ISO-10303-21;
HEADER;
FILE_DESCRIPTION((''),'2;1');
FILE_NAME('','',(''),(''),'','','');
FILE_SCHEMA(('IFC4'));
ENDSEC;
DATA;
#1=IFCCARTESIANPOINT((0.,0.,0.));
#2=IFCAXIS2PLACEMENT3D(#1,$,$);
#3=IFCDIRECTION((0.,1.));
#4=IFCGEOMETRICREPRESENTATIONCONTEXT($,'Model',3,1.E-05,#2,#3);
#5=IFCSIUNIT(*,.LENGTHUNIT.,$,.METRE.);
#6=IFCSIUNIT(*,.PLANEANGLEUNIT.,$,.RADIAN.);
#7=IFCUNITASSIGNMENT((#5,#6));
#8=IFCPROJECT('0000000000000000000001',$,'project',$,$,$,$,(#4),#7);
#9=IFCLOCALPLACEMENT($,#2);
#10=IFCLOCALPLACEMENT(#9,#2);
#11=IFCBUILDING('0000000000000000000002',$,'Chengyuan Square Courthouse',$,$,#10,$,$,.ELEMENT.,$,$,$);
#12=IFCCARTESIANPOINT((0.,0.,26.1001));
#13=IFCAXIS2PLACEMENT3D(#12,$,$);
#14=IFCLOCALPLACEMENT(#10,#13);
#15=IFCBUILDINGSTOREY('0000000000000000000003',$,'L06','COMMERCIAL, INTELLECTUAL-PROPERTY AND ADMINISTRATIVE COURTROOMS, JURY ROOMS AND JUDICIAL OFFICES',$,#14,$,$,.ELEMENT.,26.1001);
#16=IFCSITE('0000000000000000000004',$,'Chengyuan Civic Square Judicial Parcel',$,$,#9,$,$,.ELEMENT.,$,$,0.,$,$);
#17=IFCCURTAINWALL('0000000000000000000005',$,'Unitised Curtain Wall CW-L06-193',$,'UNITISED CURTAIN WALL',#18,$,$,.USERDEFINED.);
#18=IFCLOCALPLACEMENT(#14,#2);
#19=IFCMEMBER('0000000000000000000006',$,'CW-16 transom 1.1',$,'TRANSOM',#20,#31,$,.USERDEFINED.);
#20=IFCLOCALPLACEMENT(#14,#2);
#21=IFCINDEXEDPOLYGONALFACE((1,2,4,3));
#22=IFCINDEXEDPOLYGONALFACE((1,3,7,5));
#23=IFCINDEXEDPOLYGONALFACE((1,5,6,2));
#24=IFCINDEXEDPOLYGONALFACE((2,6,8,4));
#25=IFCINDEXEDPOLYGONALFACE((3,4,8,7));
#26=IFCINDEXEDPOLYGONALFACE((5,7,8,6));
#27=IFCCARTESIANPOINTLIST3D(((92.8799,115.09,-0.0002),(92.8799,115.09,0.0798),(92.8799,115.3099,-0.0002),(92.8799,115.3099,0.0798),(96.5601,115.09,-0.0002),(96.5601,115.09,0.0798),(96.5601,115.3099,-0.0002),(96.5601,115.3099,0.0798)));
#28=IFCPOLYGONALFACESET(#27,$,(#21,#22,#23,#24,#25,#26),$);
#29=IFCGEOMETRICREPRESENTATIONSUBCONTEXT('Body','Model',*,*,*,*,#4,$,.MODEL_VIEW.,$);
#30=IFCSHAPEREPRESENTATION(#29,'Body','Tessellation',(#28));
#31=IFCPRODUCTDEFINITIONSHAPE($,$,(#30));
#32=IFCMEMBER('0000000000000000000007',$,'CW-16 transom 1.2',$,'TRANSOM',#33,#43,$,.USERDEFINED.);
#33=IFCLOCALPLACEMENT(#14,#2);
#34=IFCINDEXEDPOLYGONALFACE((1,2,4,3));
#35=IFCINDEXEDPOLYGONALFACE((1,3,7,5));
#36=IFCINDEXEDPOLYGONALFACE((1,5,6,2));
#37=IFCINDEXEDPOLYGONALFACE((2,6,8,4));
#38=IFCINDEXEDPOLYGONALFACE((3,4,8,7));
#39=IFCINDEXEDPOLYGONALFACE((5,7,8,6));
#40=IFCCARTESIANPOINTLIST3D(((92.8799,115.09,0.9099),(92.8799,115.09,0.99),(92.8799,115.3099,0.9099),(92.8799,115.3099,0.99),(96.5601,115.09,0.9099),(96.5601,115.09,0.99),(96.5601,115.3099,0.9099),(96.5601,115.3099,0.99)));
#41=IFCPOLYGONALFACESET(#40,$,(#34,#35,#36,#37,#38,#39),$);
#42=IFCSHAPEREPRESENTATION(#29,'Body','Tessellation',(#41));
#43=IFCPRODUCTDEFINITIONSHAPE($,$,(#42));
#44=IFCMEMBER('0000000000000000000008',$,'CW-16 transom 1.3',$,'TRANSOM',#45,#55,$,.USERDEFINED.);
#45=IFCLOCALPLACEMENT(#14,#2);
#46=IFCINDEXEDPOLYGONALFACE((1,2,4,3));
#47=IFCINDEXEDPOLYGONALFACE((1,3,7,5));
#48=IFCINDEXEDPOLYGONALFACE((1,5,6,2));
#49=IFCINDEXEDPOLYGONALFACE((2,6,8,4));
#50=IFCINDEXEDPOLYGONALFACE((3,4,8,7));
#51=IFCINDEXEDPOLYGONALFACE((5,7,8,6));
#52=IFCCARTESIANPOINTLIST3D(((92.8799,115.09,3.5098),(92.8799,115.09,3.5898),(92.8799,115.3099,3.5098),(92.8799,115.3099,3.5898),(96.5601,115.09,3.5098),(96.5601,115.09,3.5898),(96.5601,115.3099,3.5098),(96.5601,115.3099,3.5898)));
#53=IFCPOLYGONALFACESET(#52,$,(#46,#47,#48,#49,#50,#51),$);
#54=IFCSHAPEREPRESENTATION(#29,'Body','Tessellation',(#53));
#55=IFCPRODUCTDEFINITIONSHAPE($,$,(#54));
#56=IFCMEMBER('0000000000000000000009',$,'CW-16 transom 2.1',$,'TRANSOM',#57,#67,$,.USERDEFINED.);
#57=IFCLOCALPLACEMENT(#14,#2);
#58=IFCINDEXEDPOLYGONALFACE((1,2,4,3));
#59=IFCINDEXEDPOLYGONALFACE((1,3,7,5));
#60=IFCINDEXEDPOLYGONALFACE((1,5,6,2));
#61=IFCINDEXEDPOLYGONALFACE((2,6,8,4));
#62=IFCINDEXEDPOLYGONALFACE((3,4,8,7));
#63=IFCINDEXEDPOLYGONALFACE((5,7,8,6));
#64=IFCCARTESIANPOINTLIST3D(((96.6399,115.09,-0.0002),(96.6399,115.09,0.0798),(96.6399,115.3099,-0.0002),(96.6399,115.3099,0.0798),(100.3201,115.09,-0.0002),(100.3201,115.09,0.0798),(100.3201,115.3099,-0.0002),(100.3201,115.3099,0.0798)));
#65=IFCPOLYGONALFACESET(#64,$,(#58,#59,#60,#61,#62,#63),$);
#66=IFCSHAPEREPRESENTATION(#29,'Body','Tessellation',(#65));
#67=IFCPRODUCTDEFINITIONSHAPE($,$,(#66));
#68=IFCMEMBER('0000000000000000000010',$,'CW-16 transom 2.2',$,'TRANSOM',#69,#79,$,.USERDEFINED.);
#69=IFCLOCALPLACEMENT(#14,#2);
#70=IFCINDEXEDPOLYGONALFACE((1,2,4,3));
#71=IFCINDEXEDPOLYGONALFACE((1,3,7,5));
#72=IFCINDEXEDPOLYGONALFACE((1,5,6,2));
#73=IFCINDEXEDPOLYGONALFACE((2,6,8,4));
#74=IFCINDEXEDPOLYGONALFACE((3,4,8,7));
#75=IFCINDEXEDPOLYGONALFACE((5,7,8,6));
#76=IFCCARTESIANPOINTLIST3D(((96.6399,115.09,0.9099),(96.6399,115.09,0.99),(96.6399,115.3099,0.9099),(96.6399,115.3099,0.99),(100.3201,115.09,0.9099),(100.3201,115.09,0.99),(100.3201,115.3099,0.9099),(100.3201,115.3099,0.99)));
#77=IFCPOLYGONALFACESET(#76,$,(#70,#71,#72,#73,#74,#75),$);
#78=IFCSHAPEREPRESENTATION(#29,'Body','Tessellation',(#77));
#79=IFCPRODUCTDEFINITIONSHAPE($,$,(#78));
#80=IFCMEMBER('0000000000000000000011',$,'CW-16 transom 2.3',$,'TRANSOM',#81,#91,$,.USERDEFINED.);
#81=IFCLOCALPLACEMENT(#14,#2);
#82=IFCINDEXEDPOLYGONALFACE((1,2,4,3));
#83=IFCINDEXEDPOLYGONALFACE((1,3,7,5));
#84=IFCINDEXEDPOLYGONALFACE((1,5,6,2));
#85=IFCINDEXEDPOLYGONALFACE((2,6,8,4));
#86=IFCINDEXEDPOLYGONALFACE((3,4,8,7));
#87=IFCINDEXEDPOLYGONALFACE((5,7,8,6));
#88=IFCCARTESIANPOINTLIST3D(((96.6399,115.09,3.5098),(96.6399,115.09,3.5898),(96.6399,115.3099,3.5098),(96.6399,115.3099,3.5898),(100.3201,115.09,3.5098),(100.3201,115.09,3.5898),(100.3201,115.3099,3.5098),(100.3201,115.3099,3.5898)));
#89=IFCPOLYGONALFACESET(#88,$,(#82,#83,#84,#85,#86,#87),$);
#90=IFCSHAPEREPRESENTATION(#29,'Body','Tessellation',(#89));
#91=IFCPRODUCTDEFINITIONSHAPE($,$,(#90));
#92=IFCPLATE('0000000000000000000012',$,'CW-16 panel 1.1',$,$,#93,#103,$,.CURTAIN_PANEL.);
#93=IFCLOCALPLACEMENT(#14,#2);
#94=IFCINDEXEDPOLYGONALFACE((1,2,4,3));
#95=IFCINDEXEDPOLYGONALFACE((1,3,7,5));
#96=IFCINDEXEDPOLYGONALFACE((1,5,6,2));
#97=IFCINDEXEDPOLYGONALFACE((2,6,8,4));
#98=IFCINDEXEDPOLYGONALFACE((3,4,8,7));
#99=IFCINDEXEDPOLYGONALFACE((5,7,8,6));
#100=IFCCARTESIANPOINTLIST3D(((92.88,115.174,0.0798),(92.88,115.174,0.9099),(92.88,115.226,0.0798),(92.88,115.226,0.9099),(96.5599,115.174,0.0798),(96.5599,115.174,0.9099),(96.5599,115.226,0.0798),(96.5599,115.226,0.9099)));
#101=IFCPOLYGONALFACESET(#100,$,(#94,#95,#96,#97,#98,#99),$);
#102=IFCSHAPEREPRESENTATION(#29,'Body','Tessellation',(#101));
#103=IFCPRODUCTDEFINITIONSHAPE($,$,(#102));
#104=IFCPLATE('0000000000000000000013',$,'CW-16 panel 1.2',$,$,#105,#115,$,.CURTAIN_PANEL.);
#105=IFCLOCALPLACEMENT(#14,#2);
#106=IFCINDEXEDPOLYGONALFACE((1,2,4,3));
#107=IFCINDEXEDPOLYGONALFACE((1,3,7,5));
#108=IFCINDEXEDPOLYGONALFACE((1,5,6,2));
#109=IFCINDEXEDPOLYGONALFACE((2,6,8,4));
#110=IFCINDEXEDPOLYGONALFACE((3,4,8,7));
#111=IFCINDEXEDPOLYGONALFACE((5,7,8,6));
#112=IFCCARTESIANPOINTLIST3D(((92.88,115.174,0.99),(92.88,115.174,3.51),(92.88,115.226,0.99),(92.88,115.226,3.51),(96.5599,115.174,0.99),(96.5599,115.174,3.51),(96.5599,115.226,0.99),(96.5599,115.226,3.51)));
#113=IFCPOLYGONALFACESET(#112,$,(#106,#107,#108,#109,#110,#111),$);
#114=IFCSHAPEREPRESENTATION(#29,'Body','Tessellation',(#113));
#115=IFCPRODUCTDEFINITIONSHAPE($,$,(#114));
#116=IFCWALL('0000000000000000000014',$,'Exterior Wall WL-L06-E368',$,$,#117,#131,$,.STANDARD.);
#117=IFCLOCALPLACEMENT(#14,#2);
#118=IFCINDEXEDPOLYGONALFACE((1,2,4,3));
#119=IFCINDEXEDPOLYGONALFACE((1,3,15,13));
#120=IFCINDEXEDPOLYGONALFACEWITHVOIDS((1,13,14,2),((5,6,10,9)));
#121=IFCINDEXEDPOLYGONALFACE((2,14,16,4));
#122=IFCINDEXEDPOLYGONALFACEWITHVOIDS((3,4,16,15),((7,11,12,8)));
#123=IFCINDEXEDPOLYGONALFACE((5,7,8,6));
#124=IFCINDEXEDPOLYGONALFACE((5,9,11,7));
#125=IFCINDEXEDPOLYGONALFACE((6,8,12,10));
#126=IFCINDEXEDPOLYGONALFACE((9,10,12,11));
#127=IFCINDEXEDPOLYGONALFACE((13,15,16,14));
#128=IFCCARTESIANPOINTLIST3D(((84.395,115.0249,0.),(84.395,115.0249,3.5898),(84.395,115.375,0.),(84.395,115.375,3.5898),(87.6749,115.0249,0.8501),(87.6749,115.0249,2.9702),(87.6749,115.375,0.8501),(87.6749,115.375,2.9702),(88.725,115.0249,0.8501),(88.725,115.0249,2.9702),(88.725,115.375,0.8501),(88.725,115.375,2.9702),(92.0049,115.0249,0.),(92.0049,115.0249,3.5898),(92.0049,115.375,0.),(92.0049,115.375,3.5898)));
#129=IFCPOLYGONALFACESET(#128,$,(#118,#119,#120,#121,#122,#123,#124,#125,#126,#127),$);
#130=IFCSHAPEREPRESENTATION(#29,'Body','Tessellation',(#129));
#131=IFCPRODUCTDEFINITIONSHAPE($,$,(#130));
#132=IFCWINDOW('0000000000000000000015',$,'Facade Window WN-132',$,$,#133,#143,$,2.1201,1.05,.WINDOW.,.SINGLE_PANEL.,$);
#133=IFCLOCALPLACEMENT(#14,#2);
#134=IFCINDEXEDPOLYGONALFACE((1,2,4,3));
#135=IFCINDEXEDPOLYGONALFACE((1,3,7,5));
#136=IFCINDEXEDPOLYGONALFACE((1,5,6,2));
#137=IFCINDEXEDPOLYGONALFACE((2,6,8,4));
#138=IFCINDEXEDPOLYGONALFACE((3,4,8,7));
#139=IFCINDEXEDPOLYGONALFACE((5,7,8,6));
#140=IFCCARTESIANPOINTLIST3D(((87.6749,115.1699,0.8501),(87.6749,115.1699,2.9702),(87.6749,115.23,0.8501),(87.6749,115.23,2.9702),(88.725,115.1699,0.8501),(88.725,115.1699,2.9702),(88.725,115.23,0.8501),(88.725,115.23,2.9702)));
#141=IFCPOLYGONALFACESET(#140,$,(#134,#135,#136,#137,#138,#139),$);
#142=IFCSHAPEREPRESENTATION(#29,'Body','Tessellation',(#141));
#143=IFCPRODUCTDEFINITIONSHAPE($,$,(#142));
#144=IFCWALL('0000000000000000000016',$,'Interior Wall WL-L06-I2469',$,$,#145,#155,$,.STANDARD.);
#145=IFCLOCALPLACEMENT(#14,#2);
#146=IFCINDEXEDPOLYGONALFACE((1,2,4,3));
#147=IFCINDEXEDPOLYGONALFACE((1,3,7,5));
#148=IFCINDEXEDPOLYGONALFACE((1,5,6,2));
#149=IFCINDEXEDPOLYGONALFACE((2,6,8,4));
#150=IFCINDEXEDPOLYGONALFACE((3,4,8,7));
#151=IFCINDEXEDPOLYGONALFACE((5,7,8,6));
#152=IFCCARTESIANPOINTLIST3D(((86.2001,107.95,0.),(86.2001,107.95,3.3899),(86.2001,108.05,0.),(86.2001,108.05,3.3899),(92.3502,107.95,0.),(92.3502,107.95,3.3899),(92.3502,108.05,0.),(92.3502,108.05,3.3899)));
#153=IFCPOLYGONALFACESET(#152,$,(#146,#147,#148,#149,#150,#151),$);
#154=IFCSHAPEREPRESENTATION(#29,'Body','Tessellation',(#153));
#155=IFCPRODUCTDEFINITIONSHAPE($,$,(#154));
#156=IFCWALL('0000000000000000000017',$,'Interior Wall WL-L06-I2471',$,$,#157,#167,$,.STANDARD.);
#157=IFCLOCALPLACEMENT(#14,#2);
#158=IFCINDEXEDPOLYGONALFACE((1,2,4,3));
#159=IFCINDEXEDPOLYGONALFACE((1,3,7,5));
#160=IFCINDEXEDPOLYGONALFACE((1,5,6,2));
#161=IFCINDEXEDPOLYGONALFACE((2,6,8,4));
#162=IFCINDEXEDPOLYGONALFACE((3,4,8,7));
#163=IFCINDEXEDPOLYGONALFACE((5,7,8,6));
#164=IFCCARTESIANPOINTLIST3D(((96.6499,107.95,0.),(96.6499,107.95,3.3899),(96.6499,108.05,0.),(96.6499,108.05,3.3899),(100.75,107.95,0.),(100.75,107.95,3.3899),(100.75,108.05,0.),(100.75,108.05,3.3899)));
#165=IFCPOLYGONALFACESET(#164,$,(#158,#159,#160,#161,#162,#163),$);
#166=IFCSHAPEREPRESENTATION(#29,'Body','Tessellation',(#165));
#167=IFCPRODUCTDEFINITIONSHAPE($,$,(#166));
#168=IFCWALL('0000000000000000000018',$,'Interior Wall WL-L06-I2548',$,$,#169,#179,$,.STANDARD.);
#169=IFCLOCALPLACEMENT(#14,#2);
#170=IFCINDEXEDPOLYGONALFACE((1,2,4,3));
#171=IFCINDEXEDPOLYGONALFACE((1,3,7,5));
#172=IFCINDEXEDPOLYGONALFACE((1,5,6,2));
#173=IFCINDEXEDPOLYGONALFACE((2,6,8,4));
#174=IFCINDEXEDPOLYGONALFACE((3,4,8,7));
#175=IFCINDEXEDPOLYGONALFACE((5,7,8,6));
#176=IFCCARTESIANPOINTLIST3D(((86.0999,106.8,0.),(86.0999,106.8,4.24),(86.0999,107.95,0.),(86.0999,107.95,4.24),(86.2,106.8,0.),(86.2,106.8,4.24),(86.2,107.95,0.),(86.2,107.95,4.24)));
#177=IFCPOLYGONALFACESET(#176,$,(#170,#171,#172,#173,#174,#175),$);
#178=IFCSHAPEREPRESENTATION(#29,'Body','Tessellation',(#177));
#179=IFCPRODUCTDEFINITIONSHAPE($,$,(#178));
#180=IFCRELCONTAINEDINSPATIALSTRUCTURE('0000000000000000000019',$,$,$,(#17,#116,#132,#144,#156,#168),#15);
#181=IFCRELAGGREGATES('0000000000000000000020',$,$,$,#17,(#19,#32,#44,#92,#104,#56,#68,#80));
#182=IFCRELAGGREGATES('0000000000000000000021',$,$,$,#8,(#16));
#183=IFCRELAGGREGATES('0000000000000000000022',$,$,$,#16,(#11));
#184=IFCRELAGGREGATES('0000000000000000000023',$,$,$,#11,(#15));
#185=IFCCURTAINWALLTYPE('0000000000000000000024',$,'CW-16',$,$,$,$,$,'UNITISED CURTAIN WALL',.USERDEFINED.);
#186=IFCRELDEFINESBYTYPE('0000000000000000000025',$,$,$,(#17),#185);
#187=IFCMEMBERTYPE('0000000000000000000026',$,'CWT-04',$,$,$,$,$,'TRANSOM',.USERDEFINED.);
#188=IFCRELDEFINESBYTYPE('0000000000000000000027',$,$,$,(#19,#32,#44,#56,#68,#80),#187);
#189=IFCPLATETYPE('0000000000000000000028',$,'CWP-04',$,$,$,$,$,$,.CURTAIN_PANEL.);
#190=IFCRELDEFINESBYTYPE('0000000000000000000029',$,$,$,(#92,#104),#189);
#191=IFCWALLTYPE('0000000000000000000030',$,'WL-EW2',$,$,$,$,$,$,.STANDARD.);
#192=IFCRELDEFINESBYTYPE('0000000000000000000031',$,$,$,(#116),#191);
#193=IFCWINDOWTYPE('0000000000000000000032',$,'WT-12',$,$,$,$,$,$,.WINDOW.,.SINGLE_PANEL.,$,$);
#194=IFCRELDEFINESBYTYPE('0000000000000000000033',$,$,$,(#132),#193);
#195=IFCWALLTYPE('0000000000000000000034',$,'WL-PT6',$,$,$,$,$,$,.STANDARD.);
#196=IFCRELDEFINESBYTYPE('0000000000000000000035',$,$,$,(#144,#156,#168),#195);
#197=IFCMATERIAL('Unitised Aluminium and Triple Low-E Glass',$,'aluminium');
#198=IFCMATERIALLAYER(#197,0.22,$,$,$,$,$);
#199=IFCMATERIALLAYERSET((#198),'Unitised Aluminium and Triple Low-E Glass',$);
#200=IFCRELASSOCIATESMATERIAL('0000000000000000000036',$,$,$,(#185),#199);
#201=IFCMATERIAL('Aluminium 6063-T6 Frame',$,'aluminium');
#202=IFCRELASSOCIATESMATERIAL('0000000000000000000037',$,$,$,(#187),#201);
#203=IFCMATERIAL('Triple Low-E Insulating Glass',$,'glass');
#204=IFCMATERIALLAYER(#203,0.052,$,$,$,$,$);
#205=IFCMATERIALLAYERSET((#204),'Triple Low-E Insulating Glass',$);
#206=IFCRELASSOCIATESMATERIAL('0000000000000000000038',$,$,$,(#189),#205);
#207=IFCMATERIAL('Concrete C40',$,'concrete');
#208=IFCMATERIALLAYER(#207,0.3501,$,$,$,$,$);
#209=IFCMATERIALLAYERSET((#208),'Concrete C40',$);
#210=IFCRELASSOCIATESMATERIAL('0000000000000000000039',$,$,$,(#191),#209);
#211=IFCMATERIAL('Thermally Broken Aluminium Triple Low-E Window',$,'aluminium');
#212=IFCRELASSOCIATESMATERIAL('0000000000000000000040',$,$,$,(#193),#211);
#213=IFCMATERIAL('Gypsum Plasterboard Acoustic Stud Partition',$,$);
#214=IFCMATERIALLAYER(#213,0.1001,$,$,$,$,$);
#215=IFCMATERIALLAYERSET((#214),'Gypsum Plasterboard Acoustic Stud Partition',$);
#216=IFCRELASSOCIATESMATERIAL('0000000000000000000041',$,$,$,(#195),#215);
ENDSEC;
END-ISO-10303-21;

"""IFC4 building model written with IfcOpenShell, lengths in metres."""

from ifc_helpers import new_model, si_unit, direction, frame, frame_2d, origin, origin_2d, place, context, subcontext, project, spatial, rectangle, extrude, material, layer, layer_set, material_profile, profile_set, type_object, element, fill, aggregate, save


model = new_model("IFC4")

# Units and contexts
model_context = context("Model", 3, precision=1e-05, world=origin(), true_north=direction((0.0, 1.0)))
body_context = subcontext(model_context, "Body", "Model", "MODEL_VIEW")
ifc_project = project(units=[si_unit("LENGTHUNIT", "METRE"), si_unit("PLANEANGLEUNIT", "RADIAN")], contexts=[model_context])

# Site, building, storey
site_placement = place(None, origin())
site = spatial("IfcSite", under=ifc_project, at=site_placement, Name="Chengyuan Civic Square Judicial Parcel", CompositionType="ELEMENT", RefElevation=0.0)
building_placement = place(site_placement, origin())
building = spatial("IfcBuilding", under=site, at=building_placement, Name="Chengyuan Square Courthouse", CompositionType="ELEMENT")
storey_placement = place(building_placement, frame((0.0, 0.0, 26.1001)))
storey = spatial("IfcBuildingStorey", under=building, at=storey_placement, Name="L06", Description="COMMERCIAL, INTELLECTUAL-PROPERTY AND ADMINISTRATIVE COURTROOMS, JURY ROOMS AND JUDICIAL OFFICES", CompositionType="ELEMENT", Elevation=26.1001)

# Shared definitions
ifc_material_1 = material(Name="Concrete C40", Category="concrete")

# Curtain wall, members, plates
ifc_material_2 = material(Name="Unitised Aluminium and Triple Low-E Glass", Category="aluminium")
ifc_layer_1 = layer(ifc_material_2, 0.22)
ifc_layer_set_1 = layer_set([ifc_layer_1], Name="Unitised Aluminium and Triple Low-E Glass")
curtain_wall_type = type_object("IfcCurtainWallType", Name="CW-16", ElementType="UNITISED CURTAIN WALL", PredefinedType="USERDEFINED", material=ifc_layer_set_1)
curtain_wall_placement = place(storey_placement, origin())
curtain_wall = element("IfcCurtainWall", 1, at=curtain_wall_placement, inside=storey, type_object=curtain_wall_type, Name="Unitised Curtain Wall CW-L06-193", ObjectType="UNITISED CURTAIN WALL", PredefinedType="USERDEFINED")
ifc_material_3 = material(Name="Aluminium 6063-T6 Frame", Category="aluminium")
ifc_material_profile_1 = material_profile(ifc_material_3, rectangle(XDim=0.22, YDim=0.0801, at=origin_2d()), Name="CW-TRN-80x180")
ifc_profile_set_1 = profile_set([ifc_material_profile_1], Name="Aluminium 6063-T6 Frame")
member_type_1 = type_object("IfcMemberType", Name="CWT-04", ElementType="TRANSOM", PredefinedType="USERDEFINED", material=ifc_profile_set_1)
member_1_placement = place(storey_placement, frame((92.8799, 115.2, 0.0398), z_axis=(1.0, 0.0, 0.0), x_axis=(0.0, 1.0, 0.0)))
member_1 = element("IfcMember", 2, at=member_1_placement, type_object=member_type_1, Name="CW-16 transom 1.1", ObjectType="TRANSOM", PredefinedType="USERDEFINED", context=body_context, shape_type="SweptSolid", body=[
    extrude(rectangle(XDim=0.22, YDim=0.0801, at=origin_2d()), origin(), (0.0, 0.0, 1.0), 3.6802),
])
member_2_placement = place(storey_placement, frame((92.8799, 115.2, 0.95), z_axis=(1.0, 0.0, 0.0), x_axis=(0.0, 1.0, 0.0)))
member_2 = element("IfcMember", 3, at=member_2_placement, type_object=member_type_1, Name="CW-16 transom 1.2", ObjectType="TRANSOM", PredefinedType="USERDEFINED", context=body_context, shape_type="SweptSolid", body=[
    extrude(rectangle(XDim=0.22, YDim=0.0801, at=origin_2d()), origin(), (0.0, 0.0, 1.0), 3.6802),
])
member_3_placement = place(storey_placement, frame((92.8799, 115.2, 3.5498), z_axis=(1.0, 0.0, 0.0), x_axis=(0.0, 1.0, 0.0)))
member_3 = element("IfcMember", 4, at=member_3_placement, type_object=member_type_1, Name="CW-16 transom 1.3", ObjectType="TRANSOM", PredefinedType="USERDEFINED", context=body_context, shape_type="SweptSolid", body=[
    extrude(rectangle(XDim=0.22, YDim=0.0801, at=origin_2d()), origin(), (0.0, 0.0, 1.0), 3.6802),
])
member_4_placement = place(storey_placement, frame((96.6399, 115.2, 0.0398), z_axis=(1.0, 0.0, 0.0), x_axis=(0.0, 1.0, 0.0)))
member_4 = element("IfcMember", 5, at=member_4_placement, type_object=member_type_1, Name="CW-16 transom 2.1", ObjectType="TRANSOM", PredefinedType="USERDEFINED", context=body_context, shape_type="SweptSolid", body=[
    extrude(rectangle(XDim=0.22, YDim=0.0801, at=origin_2d()), origin(), (0.0, 0.0, 1.0), 3.6802),
])
member_5_placement = place(storey_placement, frame((96.6399, 115.2, 0.95), z_axis=(1.0, 0.0, 0.0), x_axis=(0.0, 1.0, 0.0)))
member_5 = element("IfcMember", 6, at=member_5_placement, type_object=member_type_1, Name="CW-16 transom 2.2", ObjectType="TRANSOM", PredefinedType="USERDEFINED", context=body_context, shape_type="SweptSolid", body=[
    extrude(rectangle(XDim=0.22, YDim=0.0801, at=origin_2d()), origin(), (0.0, 0.0, 1.0), 3.6802),
])
member_6_placement = place(storey_placement, frame((96.6399, 115.2, 3.5498), z_axis=(1.0, 0.0, 0.0), x_axis=(0.0, 1.0, 0.0)))
member_6 = element("IfcMember", 7, at=member_6_placement, type_object=member_type_1, Name="CW-16 transom 2.3", ObjectType="TRANSOM", PredefinedType="USERDEFINED", context=body_context, shape_type="SweptSolid", body=[
    extrude(rectangle(XDim=0.22, YDim=0.0801, at=origin_2d()), origin(), (0.0, 0.0, 1.0), 3.6802),
])
ifc_material_4 = material(Name="Triple Low-E Insulating Glass", Category="glass")
ifc_layer_2 = layer(ifc_material_4, 0.052)
ifc_layer_set_2 = layer_set([ifc_layer_2], Name="Triple Low-E Insulating Glass")
plate_type = type_object("IfcPlateType", Name="CWP-04", PredefinedType="CURTAIN_PANEL", material=ifc_layer_set_2)
plate_1_placement = place(storey_placement, frame((94.72, 115.2, 0.0798), z_axis=(0.0, 0.0, 1.0), x_axis=(1.0, 0.0, 0.0)))
plate_1 = element("IfcPlate", 8, at=plate_1_placement, type_object=plate_type, Name="CW-16 panel 1.1", PredefinedType="CURTAIN_PANEL", context=body_context, shape_type="SweptSolid", body=[
    extrude(rectangle(XDim=3.6799, YDim=0.052, at=origin_2d()), origin(), (0.0, 0.0, 1.0), 0.8301),
])
plate_2_placement = place(storey_placement, frame((94.72, 115.2, 0.99), z_axis=(0.0, 0.0, 1.0), x_axis=(1.0, 0.0, 0.0)))
plate_2 = element("IfcPlate", 9, at=plate_2_placement, type_object=plate_type, Name="CW-16 panel 1.2", PredefinedType="CURTAIN_PANEL", context=body_context, shape_type="SweptSolid", body=[
    extrude(rectangle(XDim=3.6799, YDim=0.052, at=origin_2d()), origin(), (0.0, 0.0, 1.0), 2.52),
])
aggregate(curtain_wall, [member_1, member_2, member_3, plate_1, plate_2, member_4, member_5, member_6])

# Wall, opening, window
ifc_layer_3 = layer(ifc_material_1, 0.3501)
ifc_layer_set_3 = layer_set([ifc_layer_3], Name="Concrete C40")
wall_type_1 = type_object("IfcWallType", Name="WL-EW2", PredefinedType="STANDARD", material=ifc_layer_set_3)
wall_1_placement = place(storey_placement, frame((84.395, 115.2, 0.0), z_axis=(0.0, 0.0, 1.0), x_axis=(1.0, 0.0, 0.0)))
wall_1 = element("IfcWall", 10, at=wall_1_placement, inside=storey, type_object=wall_type_1, Name="Exterior Wall WL-L06-E368", PredefinedType="STANDARD", context=body_context, shape_type="SweptSolid", body=[
    extrude(rectangle(XDim=7.6099, YDim=0.3501, at=frame_2d((3.8049, 0.0))), origin(), (0.0, 0.0, 1.0), 3.5898),
])
opening_1_placement = place(wall_1_placement, frame((3.28, 0.0, 0.8501)))
opening_1 = element("IfcOpeningElement", 11, at=opening_1_placement, cuts=wall_1, PredefinedType="OPENING", context=body_context, shape_type="SweptSolid", body=[
    extrude(rectangle(XDim=1.05, YDim=2.1201, at=frame_2d((0.5249, 1.0601))), frame((0.0, 0.187, 0.0), z_axis=(0.0, -1.0, 0.0), x_axis=(1.0, 0.0, 0.0)), (0.0, 0.0, 1.0), 0.374),
])
ifc_material_5 = material(Name="Thermally Broken Aluminium Triple Low-E Window", Category="aluminium")
window_type = type_object("IfcWindowType", Name="WT-12", PartitioningType="SINGLE_PANEL", PredefinedType="WINDOW", material=ifc_material_5)
window_placement = place(opening_1_placement, origin())
window = element("IfcWindow", 12, at=window_placement, inside=storey, type_object=window_type, Name="Facade Window WN-132", OverallHeight=2.1201, OverallWidth=1.05, PartitioningType="SINGLE_PANEL", PredefinedType="WINDOW", context=body_context, shape_type="SweptSolid", body=[
    extrude(rectangle(XDim=1.05, YDim=2.1201, at=frame_2d((0.5249, 1.0601))), frame((0.0, 0.03, 0.0), z_axis=(0.0, -1.0, 0.0), x_axis=(1.0, 0.0, 0.0)), (0.0, 0.0, 1.0), 0.0601),
])
fill(opening_1, window)

# Walls
ifc_material_6 = material(Name="Gypsum Plasterboard Acoustic Stud Partition")
ifc_layer_4 = layer(ifc_material_6, 0.1001)
ifc_layer_set_4 = layer_set([ifc_layer_4], Name="Gypsum Plasterboard Acoustic Stud Partition")
wall_type_2 = type_object("IfcWallType", Name="WL-PT6", PredefinedType="STANDARD", material=ifc_layer_set_4)
wall_2_placement = place(storey_placement, frame((86.2, 108.0, 0.0), z_axis=(0.0, 0.0, 1.0), x_axis=(1.0, 0.0, 0.0)))
element("IfcWall", 13, at=wall_2_placement, inside=storey, type_object=wall_type_2, Name="Interior Wall WL-L06-I2469", PredefinedType="STANDARD", context=body_context, shape_type="SweptSolid", body=[
    extrude(rectangle(XDim=6.1501, YDim=0.1001, at=frame_2d((3.0752, 0.0))), origin(), (0.0, 0.0, 1.0), 3.3899),
])
wall_3_placement = place(storey_placement, frame((96.6499, 108.0, 0.0), z_axis=(0.0, 0.0, 1.0), x_axis=(1.0, 0.0, 0.0)))
element("IfcWall", 14, at=wall_3_placement, inside=storey, type_object=wall_type_2, Name="Interior Wall WL-L06-I2471", PredefinedType="STANDARD", context=body_context, shape_type="SweptSolid", body=[
    extrude(rectangle(XDim=4.1001, YDim=0.1001, at=frame_2d((2.05, 0.0))), origin(), (0.0, 0.0, 1.0), 3.3899),
])
wall_4_placement = place(storey_placement, frame((86.1499, 106.8, 0.0), z_axis=(0.0, 0.0, 1.0), x_axis=(0.0, 1.0, 0.0)))
element("IfcWall", 15, at=wall_4_placement, inside=storey, type_object=wall_type_2, Name="Interior Wall WL-L06-I2548", PredefinedType="STANDARD", context=body_context, shape_type="SweptSolid", body=[
    extrude(rectangle(XDim=1.1499, YDim=0.1001, at=frame_2d((0.575, 0.0))), origin(), (0.0, 0.0, 1.0), 4.24),
])

save(model, "model.ifc")
